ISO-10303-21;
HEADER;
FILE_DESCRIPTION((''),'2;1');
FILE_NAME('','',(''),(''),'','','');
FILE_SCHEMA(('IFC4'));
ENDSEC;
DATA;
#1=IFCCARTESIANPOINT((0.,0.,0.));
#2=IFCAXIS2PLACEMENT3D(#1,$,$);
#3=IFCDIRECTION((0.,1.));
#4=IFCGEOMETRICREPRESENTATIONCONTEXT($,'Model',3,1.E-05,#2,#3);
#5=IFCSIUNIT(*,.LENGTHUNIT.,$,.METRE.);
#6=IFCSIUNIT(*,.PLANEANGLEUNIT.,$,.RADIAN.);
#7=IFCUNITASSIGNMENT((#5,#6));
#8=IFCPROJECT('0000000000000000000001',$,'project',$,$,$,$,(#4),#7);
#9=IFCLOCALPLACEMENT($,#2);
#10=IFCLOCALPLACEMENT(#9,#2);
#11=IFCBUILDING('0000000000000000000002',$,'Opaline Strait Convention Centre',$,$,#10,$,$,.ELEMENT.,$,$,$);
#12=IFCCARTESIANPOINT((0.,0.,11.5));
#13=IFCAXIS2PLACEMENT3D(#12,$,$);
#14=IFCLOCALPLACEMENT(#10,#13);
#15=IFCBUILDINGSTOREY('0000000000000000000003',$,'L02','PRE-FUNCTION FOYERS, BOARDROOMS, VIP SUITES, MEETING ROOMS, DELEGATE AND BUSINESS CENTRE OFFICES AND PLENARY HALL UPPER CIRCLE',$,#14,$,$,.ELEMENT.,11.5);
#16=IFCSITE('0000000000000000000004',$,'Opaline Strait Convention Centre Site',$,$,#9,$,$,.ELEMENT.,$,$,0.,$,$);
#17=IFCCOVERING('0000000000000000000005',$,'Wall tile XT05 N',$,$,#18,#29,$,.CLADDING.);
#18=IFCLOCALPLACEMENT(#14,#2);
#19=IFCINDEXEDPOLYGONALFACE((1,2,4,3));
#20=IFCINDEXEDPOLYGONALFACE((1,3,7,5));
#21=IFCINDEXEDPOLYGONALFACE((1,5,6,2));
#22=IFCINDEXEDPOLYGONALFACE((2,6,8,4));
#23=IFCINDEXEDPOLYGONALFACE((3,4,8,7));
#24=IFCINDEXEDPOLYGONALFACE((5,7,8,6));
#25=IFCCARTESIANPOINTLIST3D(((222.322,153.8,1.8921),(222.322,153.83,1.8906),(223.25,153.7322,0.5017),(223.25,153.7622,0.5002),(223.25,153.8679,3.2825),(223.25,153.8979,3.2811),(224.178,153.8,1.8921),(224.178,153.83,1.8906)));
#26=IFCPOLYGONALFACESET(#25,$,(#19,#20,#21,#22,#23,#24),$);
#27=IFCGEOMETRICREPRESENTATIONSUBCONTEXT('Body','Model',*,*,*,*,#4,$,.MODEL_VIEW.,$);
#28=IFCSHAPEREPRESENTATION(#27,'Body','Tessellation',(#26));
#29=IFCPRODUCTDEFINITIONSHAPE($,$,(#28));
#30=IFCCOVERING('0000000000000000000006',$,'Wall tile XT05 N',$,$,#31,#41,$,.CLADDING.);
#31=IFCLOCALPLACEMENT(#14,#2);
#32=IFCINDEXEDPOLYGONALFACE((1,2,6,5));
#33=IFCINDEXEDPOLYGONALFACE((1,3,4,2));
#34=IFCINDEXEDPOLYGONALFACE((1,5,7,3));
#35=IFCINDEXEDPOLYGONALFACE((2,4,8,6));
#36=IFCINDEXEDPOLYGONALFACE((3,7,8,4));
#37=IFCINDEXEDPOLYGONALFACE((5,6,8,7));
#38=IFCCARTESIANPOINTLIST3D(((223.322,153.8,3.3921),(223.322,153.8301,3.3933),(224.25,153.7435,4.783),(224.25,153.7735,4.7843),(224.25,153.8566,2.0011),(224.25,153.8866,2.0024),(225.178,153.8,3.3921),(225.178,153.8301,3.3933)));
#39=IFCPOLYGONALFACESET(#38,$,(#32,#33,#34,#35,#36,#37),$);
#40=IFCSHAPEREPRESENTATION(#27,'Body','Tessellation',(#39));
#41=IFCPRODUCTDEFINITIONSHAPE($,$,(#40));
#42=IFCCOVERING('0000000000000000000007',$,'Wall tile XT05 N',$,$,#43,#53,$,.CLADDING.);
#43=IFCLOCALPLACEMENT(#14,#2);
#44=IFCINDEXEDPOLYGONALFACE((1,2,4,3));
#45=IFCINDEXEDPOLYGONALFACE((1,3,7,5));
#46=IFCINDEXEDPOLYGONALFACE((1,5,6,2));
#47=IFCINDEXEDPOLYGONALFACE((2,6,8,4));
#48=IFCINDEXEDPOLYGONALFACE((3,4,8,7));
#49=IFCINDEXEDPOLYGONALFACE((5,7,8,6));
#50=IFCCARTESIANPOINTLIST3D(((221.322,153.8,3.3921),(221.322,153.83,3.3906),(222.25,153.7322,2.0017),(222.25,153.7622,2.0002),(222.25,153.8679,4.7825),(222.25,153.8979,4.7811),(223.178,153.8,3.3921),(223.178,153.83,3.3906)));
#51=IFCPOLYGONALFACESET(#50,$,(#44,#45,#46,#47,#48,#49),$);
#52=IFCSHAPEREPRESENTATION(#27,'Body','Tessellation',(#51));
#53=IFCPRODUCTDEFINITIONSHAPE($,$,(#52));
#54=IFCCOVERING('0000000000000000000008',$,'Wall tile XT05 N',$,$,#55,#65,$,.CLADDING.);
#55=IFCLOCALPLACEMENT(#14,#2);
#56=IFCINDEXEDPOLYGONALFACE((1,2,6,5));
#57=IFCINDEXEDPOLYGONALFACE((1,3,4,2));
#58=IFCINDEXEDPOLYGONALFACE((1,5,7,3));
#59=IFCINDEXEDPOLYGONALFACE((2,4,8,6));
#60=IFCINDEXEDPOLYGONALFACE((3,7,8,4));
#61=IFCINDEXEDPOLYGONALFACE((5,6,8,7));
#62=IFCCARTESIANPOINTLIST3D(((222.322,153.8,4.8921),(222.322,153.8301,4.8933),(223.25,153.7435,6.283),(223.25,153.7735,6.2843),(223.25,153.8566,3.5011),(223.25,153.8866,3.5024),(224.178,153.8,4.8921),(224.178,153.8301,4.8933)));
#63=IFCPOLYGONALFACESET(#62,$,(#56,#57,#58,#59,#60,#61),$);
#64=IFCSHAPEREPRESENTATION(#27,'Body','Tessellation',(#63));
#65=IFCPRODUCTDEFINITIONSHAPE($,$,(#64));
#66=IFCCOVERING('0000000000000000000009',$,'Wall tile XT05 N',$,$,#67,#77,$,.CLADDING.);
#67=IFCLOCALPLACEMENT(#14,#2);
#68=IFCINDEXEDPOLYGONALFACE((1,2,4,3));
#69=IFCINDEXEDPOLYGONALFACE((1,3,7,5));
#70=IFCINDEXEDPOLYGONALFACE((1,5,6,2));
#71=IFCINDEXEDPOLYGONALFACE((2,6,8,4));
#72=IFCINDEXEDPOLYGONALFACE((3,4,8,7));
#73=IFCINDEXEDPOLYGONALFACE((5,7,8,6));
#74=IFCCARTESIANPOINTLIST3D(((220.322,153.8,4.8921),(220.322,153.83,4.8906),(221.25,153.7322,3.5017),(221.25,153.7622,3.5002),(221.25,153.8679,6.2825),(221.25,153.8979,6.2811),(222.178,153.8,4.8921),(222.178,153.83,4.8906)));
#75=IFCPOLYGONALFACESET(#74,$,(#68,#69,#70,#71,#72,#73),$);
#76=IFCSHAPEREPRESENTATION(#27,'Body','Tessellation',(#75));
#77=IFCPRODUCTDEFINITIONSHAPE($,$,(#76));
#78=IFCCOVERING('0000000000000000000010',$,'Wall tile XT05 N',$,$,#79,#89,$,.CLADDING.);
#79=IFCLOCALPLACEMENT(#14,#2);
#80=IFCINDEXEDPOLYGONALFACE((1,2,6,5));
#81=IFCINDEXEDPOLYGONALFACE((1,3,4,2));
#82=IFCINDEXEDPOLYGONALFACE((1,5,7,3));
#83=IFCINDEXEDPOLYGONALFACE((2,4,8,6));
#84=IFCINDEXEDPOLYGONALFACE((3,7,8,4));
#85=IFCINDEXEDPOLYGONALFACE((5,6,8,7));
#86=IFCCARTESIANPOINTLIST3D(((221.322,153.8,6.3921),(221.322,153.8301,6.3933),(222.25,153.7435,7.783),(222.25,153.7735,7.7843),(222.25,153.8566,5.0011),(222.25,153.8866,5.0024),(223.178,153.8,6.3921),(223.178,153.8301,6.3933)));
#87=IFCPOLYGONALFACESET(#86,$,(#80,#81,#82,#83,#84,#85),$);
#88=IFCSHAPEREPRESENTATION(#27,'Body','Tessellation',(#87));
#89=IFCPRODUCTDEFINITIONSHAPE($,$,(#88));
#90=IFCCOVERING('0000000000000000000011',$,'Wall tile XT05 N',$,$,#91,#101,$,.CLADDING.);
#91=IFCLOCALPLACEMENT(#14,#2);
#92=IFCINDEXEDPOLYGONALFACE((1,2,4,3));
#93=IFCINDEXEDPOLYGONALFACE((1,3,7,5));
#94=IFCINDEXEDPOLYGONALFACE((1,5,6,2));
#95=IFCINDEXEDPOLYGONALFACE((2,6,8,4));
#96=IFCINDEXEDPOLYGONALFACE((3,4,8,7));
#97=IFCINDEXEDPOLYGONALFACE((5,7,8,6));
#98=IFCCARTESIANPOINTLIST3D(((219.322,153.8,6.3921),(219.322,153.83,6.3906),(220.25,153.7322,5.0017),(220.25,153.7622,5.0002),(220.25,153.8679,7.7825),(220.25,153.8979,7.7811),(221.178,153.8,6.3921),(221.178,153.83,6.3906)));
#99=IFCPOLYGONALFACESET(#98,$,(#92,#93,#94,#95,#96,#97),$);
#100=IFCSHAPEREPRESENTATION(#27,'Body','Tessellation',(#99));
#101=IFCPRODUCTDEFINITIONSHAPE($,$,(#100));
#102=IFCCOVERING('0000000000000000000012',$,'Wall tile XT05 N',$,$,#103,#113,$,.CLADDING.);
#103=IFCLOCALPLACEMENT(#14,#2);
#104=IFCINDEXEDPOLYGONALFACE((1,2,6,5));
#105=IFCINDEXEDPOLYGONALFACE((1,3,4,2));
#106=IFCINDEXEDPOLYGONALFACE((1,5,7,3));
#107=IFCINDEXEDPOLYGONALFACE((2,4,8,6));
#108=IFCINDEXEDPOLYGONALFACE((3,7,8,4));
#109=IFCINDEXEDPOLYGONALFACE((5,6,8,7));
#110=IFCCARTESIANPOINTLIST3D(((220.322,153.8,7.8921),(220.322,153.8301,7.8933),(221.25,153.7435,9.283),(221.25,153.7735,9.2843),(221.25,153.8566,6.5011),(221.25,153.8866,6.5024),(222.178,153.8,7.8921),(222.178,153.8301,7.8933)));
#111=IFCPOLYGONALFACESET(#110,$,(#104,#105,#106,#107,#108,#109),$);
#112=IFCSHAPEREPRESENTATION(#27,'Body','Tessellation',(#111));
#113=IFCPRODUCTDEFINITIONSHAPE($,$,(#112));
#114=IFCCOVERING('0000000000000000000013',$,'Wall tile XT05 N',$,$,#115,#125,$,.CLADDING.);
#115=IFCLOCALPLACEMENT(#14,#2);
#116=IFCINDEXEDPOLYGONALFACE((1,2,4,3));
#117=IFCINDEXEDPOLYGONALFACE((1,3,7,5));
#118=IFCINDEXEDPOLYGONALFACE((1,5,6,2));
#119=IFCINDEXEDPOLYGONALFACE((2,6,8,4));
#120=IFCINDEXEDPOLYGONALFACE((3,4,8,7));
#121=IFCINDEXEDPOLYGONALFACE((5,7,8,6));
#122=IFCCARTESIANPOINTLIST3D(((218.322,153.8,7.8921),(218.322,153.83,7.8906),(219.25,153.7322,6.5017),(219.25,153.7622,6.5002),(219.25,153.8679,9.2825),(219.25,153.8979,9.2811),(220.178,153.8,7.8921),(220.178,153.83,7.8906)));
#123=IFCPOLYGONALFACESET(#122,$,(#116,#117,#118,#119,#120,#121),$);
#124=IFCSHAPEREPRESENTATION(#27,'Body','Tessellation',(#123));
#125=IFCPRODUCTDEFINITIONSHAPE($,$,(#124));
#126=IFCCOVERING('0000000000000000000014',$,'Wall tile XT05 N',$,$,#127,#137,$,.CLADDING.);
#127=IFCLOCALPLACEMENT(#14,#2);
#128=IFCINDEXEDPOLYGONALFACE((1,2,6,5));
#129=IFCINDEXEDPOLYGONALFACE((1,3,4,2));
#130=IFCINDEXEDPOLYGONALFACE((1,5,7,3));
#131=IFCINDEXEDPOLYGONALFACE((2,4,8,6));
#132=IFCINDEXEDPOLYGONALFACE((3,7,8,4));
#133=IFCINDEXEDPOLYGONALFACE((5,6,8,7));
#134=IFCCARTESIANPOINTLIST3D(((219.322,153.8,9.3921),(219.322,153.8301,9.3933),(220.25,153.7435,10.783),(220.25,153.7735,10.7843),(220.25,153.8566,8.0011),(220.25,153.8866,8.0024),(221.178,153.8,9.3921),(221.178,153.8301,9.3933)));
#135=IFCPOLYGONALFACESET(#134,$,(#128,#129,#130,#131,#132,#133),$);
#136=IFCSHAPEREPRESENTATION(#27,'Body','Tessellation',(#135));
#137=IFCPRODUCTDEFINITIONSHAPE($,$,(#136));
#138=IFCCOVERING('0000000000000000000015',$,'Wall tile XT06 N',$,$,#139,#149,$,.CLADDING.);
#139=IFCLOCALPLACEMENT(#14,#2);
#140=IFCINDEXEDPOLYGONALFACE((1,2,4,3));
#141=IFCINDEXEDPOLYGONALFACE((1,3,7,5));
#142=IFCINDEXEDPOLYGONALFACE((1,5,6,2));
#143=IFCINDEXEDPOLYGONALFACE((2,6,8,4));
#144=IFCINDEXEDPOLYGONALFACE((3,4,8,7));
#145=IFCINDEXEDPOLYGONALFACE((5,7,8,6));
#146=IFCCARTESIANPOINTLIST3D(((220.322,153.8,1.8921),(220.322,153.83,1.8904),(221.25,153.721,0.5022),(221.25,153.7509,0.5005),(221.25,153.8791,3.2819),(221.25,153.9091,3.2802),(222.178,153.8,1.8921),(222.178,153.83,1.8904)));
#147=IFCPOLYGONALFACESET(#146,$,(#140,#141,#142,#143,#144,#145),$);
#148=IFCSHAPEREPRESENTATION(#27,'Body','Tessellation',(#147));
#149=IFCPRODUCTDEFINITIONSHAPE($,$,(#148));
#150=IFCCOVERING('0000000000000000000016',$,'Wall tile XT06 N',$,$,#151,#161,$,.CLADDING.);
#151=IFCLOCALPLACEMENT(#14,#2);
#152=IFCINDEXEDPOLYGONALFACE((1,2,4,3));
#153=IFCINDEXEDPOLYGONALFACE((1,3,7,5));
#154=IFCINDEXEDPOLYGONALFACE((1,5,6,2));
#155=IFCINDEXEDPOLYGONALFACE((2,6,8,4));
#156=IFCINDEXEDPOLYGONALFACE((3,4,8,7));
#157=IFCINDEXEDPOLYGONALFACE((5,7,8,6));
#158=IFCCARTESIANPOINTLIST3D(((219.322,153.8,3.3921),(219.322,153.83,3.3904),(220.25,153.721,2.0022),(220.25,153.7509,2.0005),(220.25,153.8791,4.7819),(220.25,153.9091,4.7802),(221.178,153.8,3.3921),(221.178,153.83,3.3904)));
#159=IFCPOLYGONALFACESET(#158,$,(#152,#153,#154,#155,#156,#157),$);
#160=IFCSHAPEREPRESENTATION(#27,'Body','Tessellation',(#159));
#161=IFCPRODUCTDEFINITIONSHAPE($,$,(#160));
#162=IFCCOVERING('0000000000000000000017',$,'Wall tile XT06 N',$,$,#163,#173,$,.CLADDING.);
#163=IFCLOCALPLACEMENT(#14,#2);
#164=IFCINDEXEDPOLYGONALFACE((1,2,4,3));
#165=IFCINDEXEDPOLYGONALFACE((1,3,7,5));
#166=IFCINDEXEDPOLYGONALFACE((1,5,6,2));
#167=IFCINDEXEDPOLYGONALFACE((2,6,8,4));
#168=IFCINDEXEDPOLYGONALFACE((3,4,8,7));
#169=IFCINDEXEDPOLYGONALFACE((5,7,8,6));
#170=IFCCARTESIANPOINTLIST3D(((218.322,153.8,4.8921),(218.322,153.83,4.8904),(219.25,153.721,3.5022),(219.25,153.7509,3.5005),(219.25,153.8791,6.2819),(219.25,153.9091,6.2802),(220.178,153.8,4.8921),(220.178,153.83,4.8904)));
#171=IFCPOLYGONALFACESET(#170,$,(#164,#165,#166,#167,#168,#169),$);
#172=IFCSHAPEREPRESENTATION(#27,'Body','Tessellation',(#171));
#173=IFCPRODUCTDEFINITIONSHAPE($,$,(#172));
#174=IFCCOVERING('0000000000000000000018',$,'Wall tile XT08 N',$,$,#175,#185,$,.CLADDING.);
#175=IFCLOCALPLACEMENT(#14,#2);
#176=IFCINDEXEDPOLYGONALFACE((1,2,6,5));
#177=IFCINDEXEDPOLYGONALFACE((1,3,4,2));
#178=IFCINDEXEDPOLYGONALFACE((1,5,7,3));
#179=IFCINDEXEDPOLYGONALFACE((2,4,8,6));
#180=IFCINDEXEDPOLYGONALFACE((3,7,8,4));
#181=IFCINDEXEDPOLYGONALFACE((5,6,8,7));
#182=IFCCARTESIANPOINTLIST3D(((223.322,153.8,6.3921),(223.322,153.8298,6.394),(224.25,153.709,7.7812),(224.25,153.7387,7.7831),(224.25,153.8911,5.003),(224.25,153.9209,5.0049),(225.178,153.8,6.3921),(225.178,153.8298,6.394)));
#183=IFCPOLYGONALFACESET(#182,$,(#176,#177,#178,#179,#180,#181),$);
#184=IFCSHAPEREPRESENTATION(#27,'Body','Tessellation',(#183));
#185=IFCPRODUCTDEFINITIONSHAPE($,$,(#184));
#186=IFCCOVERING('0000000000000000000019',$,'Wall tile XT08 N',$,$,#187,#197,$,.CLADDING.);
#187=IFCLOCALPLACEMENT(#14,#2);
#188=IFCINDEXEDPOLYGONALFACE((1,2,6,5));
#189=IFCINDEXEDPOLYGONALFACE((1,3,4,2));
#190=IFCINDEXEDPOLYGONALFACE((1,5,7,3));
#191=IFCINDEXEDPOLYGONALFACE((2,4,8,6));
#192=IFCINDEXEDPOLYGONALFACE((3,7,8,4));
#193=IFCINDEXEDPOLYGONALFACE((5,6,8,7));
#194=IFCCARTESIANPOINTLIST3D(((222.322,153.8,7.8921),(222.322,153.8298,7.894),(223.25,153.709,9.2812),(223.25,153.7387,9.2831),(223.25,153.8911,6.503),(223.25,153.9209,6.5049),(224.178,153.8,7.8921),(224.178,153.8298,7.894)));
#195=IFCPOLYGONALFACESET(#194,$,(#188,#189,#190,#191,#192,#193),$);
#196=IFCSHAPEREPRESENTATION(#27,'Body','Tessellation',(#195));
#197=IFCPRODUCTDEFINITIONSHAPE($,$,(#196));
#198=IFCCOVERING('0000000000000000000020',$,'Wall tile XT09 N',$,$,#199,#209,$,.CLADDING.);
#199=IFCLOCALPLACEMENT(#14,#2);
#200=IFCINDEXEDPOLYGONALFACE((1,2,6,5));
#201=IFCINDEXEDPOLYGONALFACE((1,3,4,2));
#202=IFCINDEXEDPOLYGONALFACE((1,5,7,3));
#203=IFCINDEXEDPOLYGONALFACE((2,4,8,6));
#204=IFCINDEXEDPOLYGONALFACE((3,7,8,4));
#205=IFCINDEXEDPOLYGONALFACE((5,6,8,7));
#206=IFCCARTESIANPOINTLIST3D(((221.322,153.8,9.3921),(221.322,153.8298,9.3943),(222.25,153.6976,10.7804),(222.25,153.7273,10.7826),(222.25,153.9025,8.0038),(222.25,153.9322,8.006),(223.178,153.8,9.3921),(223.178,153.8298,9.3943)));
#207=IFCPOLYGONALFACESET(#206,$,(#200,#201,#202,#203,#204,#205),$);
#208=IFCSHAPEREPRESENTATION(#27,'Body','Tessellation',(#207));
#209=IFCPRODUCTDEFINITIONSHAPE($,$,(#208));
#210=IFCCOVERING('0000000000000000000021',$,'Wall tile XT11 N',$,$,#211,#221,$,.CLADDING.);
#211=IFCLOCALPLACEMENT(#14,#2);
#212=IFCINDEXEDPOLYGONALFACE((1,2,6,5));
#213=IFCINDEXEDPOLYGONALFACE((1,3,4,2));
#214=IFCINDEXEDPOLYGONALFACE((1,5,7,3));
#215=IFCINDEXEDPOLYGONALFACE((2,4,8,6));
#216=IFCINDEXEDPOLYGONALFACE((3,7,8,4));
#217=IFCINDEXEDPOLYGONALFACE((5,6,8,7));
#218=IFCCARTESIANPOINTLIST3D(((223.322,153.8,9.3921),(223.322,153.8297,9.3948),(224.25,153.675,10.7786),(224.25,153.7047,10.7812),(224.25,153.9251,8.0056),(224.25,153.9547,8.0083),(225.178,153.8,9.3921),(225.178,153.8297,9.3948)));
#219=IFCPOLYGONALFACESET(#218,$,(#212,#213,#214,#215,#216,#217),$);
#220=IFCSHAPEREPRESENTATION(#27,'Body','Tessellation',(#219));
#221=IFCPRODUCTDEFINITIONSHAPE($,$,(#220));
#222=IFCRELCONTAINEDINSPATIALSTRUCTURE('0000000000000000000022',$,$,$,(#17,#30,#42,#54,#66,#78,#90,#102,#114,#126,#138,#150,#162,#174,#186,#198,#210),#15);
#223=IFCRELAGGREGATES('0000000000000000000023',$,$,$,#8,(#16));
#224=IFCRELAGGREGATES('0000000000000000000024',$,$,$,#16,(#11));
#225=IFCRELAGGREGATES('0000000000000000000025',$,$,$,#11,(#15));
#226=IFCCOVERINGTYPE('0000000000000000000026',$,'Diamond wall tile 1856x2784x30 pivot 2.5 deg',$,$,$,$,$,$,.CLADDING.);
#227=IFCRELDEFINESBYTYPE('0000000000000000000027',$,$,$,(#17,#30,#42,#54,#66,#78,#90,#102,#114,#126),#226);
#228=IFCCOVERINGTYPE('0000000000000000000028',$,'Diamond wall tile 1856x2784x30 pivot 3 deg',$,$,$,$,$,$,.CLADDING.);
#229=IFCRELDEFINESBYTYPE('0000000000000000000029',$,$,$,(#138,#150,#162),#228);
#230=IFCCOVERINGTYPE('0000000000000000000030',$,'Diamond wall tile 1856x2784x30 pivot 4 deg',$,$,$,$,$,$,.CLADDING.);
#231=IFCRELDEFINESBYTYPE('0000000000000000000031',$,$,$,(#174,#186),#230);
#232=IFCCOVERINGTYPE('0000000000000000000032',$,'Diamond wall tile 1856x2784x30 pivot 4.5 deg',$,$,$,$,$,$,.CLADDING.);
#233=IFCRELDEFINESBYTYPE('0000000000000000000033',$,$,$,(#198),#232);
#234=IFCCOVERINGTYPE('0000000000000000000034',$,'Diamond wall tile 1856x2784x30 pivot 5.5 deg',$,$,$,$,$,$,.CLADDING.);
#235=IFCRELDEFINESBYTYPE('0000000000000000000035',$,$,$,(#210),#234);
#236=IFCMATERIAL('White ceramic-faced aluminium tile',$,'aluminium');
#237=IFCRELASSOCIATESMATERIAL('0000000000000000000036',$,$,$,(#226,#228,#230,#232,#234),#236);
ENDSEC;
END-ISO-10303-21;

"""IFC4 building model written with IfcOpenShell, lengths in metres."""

from ifc_helpers import new_model, si_unit, direction, frame, origin, place, context, subcontext, project, spatial, polyline, outline, extrude, material, material_profile, profile_set, type_object, element, save


model = new_model("IFC4")

# Units and contexts
model_context = context("Model", 3, precision=1e-05, world=origin(), true_north=direction((0.0, 1.0)))
body_context = subcontext(model_context, "Body", "Model", "MODEL_VIEW")
ifc_project = project(units=[si_unit("LENGTHUNIT", "METRE"), si_unit("PLANEANGLEUNIT", "RADIAN")], contexts=[model_context])

# Site, building, storey
site_placement = place(None, origin())
site = spatial("IfcSite", under=ifc_project, at=site_placement, Name="Opaline Strait Convention Centre Site", CompositionType="ELEMENT", RefElevation=0.0)
building_placement = place(site_placement, origin())
building = spatial("IfcBuilding", under=site, at=building_placement, Name="Opaline Strait Convention Centre", CompositionType="ELEMENT")
storey_placement = place(building_placement, frame((0.0, 0.0, 11.5)))
storey = spatial("IfcBuildingStorey", under=building, at=storey_placement, Name="L02", Description="PRE-FUNCTION FOYERS, BOARDROOMS, VIP SUITES, MEETING ROOMS, DELEGATE AND BUSINESS CENTRE OFFICES AND PLENARY HALL UPPER CIRCLE", CompositionType="ELEMENT", Elevation=11.5)

# Coverings
ifc_material_1 = material(Name="White ceramic-faced aluminium tile", Category="aluminium")
ifc_material_profile_1 = material_profile(ifc_material_1, outline(polyline([(0.928, 0.0), (0.0, 1.3921), (-0.928, 0.0), (0.0, -1.3921), (0.928, 0.0)])), Name="Diamond tile 1856x2784")
ifc_profile_set_1 = profile_set([ifc_material_profile_1], Name="White ceramic-faced aluminium tile")
covering_type_1 = type_object("IfcCoveringType", Name="Diamond wall tile 1856x2784x30 pivot 2.5 deg", PredefinedType="CLADDING", material=ifc_profile_set_1)
for number, where, z_axis, x_axis, name in (
    (1, (223.25, 153.8, 1.8921), (0.0, 0.998812, -0.048723), (-1.0, 0.0, 0.0), "Wall tile XT05 N"),
    (2, (224.25, 153.8, 3.3921), (0.0, 0.999175, 0.040617), (-1.0, 0.0, 0.0), "Wall tile XT05 N"),
    (3, (222.25, 153.8, 3.3921), (0.0, 0.998812, -0.048723), (-1.0, 0.0, 0.0), "Wall tile XT05 N"),
    (4, (223.25, 153.8, 4.8921), (0.0, 0.999175, 0.040617), (-1.0, 0.0, 0.0), "Wall tile XT05 N"),
    (5, (221.25, 153.8, 4.8921), (0.0, 0.998812, -0.048723), (-1.0, 0.0, 0.0), "Wall tile XT05 N"),
    (6, (222.25, 153.8, 6.3921), (0.0, 0.999175, 0.040617), (-1.0, 0.0, 0.0), "Wall tile XT05 N"),
    (7, (220.25, 153.8, 6.3921), (0.0, 0.998812, -0.048723), (-1.0, 0.0, 0.0), "Wall tile XT05 N"),
    (8, (221.25, 153.8, 7.8921), (0.0, 0.999175, 0.040617), (-1.0, 0.0, 0.0), "Wall tile XT05 N"),
    (9, (219.25, 153.8, 7.8921), (0.0, 0.998812, -0.048723), (-1.0, 0.0, 0.0), "Wall tile XT05 N"),
    (10, (220.25, 153.8, 9.3921), (0.0, 0.999175, 0.040617), (-1.0, 0.0, 0.0), "Wall tile XT05 N"),
):
    element("IfcCovering", number, at=place(storey_placement, frame(where, z_axis=z_axis, x_axis=x_axis)), inside=storey, type_object=covering_type_1, Name=name, PredefinedType="CLADDING", context=body_context, shape_type="SweptSolid", body=[
        extrude(outline(polyline([(0.928, 0.0), (0.0, 1.3921), (-0.928, 0.0), (0.0, -1.3921), (0.928, 0.0)])), origin(), (0.0, 0.0, 1.0), 0.03),
    ])
ifc_material_profile_2 = material_profile(ifc_material_1, outline(polyline([(0.928, 0.0), (0.0, 1.3921), (-0.928, 0.0), (0.0, -1.3921), (0.928, 0.0)])), Name="Diamond tile 1856x2784")
ifc_profile_set_2 = profile_set([ifc_material_profile_2], Name="White ceramic-faced aluminium tile")
covering_type_2 = type_object("IfcCoveringType", Name="Diamond wall tile 1856x2784x30 pivot 3 deg", PredefinedType="CLADDING", material=ifc_profile_set_2)
for number, where, z_axis, x_axis, name in (
    (11, (221.25, 153.8, 1.8921), (0.0, 0.998385, -0.056819), (-1.0, 0.0, 0.0), "Wall tile XT06 N"),
    (12, (220.25, 153.8, 3.3921), (0.0, 0.998385, -0.056819), (-1.0, 0.0, 0.0), "Wall tile XT06 N"),
    (13, (219.25, 153.8, 4.8921), (0.0, 0.998385, -0.056819), (-1.0, 0.0, 0.0), "Wall tile XT06 N"),
):
    element("IfcCovering", number, at=place(storey_placement, frame(where, z_axis=z_axis, x_axis=x_axis)), inside=storey, type_object=covering_type_2, Name=name, PredefinedType="CLADDING", context=body_context, shape_type="SweptSolid", body=[
        extrude(outline(polyline([(0.928, 0.0), (0.0, 1.3921), (-0.928, 0.0), (0.0, -1.3921), (0.928, 0.0)])), origin(), (0.0, 0.0, 1.0), 0.03),
    ])
ifc_material_profile_3 = material_profile(ifc_material_1, outline(polyline([(0.928, 0.0), (0.0, 1.3921), (-0.928, 0.0), (0.0, -1.3921), (0.928, 0.0)])), Name="Diamond tile 1856x2784")
ifc_profile_set_3 = profile_set([ifc_material_profile_3], Name="White ceramic-faced aluminium tile")
covering_type_3 = type_object("IfcCoveringType", Name="Diamond wall tile 1856x2784x30 pivot 4 deg", PredefinedType="CLADDING", material=ifc_profile_set_3)
for number, where, z_axis, x_axis, name in (
    (14, (224.25, 153.8, 6.3921), (0.0, 0.997857, 0.065433), (-1.0, 0.0, 0.0), "Wall tile XT08 N"),
    (15, (223.25, 153.8, 7.8921), (0.0, 0.997857, 0.065433), (-1.0, 0.0, 0.0), "Wall tile XT08 N"),
):
    element("IfcCovering", number, at=place(storey_placement, frame(where, z_axis=z_axis, x_axis=x_axis)), inside=storey, type_object=covering_type_3, Name=name, PredefinedType="CLADDING", context=body_context, shape_type="SweptSolid", body=[
        extrude(outline(polyline([(0.928, 0.0), (0.0, 1.3921), (-0.928, 0.0), (0.0, -1.3921), (0.928, 0.0)])), origin(), (0.0, 0.0, 1.0), 0.0298),
    ])
ifc_material_profile_4 = material_profile(ifc_material_1, outline(polyline([(0.928, 0.0), (0.0, 1.3921), (-0.928, 0.0), (0.0, -1.3921), (0.928, 0.0)])), Name="Diamond tile 1856x2784")
ifc_profile_set_4 = profile_set([ifc_material_profile_4], Name="White ceramic-faced aluminium tile")
covering_type_4 = type_object("IfcCoveringType", Name="Diamond wall tile 1856x2784x30 pivot 4.5 deg", PredefinedType="CLADDING", material=ifc_profile_set_4)
covering_1_placement = place(storey_placement, frame((222.25, 153.8, 9.3921), z_axis=(0.0, 0.99729, 0.073571), x_axis=(-1.0, 0.0, 0.0)))
element("IfcCovering", 16, at=covering_1_placement, inside=storey, type_object=covering_type_4, Name="Wall tile XT09 N", PredefinedType="CLADDING", context=body_context, shape_type="SweptSolid", body=[
    extrude(outline(polyline([(0.928, 0.0), (0.0, 1.3921), (-0.928, 0.0), (0.0, -1.3921), (0.928, 0.0)])), origin(), (0.0, 0.0, 1.0), 0.0298),
])
ifc_material_profile_5 = material_profile(ifc_material_1, outline(polyline([(0.928, 0.0), (0.0, 1.3921), (-0.928, 0.0), (0.0, -1.3921), (0.928, 0.0)])), Name="Diamond tile 1856x2784")
ifc_profile_set_5 = profile_set([ifc_material_profile_5], Name="White ceramic-faced aluminium tile")
covering_type_5 = type_object("IfcCoveringType", Name="Diamond wall tile 1856x2784x30 pivot 5.5 deg", PredefinedType="CLADDING", material=ifc_profile_set_5)
covering_2_placement = place(storey_placement, frame((224.25, 153.8, 9.3921), z_axis=(0.0, 0.99596, 0.0898), x_axis=(-1.0, 0.0, 0.0)))
element("IfcCovering", 17, at=covering_2_placement, inside=storey, type_object=covering_type_5, Name="Wall tile XT11 N", PredefinedType="CLADDING", context=body_context, shape_type="SweptSolid", body=[
    extrude(outline(polyline([(0.928, 0.0), (0.0, 1.3921), (-0.928, 0.0), (0.0, -1.3921), (0.928, 0.0)])), origin(), (0.0, 0.0, 1.0), 0.0298),
])

save(model, "model.ifc")
